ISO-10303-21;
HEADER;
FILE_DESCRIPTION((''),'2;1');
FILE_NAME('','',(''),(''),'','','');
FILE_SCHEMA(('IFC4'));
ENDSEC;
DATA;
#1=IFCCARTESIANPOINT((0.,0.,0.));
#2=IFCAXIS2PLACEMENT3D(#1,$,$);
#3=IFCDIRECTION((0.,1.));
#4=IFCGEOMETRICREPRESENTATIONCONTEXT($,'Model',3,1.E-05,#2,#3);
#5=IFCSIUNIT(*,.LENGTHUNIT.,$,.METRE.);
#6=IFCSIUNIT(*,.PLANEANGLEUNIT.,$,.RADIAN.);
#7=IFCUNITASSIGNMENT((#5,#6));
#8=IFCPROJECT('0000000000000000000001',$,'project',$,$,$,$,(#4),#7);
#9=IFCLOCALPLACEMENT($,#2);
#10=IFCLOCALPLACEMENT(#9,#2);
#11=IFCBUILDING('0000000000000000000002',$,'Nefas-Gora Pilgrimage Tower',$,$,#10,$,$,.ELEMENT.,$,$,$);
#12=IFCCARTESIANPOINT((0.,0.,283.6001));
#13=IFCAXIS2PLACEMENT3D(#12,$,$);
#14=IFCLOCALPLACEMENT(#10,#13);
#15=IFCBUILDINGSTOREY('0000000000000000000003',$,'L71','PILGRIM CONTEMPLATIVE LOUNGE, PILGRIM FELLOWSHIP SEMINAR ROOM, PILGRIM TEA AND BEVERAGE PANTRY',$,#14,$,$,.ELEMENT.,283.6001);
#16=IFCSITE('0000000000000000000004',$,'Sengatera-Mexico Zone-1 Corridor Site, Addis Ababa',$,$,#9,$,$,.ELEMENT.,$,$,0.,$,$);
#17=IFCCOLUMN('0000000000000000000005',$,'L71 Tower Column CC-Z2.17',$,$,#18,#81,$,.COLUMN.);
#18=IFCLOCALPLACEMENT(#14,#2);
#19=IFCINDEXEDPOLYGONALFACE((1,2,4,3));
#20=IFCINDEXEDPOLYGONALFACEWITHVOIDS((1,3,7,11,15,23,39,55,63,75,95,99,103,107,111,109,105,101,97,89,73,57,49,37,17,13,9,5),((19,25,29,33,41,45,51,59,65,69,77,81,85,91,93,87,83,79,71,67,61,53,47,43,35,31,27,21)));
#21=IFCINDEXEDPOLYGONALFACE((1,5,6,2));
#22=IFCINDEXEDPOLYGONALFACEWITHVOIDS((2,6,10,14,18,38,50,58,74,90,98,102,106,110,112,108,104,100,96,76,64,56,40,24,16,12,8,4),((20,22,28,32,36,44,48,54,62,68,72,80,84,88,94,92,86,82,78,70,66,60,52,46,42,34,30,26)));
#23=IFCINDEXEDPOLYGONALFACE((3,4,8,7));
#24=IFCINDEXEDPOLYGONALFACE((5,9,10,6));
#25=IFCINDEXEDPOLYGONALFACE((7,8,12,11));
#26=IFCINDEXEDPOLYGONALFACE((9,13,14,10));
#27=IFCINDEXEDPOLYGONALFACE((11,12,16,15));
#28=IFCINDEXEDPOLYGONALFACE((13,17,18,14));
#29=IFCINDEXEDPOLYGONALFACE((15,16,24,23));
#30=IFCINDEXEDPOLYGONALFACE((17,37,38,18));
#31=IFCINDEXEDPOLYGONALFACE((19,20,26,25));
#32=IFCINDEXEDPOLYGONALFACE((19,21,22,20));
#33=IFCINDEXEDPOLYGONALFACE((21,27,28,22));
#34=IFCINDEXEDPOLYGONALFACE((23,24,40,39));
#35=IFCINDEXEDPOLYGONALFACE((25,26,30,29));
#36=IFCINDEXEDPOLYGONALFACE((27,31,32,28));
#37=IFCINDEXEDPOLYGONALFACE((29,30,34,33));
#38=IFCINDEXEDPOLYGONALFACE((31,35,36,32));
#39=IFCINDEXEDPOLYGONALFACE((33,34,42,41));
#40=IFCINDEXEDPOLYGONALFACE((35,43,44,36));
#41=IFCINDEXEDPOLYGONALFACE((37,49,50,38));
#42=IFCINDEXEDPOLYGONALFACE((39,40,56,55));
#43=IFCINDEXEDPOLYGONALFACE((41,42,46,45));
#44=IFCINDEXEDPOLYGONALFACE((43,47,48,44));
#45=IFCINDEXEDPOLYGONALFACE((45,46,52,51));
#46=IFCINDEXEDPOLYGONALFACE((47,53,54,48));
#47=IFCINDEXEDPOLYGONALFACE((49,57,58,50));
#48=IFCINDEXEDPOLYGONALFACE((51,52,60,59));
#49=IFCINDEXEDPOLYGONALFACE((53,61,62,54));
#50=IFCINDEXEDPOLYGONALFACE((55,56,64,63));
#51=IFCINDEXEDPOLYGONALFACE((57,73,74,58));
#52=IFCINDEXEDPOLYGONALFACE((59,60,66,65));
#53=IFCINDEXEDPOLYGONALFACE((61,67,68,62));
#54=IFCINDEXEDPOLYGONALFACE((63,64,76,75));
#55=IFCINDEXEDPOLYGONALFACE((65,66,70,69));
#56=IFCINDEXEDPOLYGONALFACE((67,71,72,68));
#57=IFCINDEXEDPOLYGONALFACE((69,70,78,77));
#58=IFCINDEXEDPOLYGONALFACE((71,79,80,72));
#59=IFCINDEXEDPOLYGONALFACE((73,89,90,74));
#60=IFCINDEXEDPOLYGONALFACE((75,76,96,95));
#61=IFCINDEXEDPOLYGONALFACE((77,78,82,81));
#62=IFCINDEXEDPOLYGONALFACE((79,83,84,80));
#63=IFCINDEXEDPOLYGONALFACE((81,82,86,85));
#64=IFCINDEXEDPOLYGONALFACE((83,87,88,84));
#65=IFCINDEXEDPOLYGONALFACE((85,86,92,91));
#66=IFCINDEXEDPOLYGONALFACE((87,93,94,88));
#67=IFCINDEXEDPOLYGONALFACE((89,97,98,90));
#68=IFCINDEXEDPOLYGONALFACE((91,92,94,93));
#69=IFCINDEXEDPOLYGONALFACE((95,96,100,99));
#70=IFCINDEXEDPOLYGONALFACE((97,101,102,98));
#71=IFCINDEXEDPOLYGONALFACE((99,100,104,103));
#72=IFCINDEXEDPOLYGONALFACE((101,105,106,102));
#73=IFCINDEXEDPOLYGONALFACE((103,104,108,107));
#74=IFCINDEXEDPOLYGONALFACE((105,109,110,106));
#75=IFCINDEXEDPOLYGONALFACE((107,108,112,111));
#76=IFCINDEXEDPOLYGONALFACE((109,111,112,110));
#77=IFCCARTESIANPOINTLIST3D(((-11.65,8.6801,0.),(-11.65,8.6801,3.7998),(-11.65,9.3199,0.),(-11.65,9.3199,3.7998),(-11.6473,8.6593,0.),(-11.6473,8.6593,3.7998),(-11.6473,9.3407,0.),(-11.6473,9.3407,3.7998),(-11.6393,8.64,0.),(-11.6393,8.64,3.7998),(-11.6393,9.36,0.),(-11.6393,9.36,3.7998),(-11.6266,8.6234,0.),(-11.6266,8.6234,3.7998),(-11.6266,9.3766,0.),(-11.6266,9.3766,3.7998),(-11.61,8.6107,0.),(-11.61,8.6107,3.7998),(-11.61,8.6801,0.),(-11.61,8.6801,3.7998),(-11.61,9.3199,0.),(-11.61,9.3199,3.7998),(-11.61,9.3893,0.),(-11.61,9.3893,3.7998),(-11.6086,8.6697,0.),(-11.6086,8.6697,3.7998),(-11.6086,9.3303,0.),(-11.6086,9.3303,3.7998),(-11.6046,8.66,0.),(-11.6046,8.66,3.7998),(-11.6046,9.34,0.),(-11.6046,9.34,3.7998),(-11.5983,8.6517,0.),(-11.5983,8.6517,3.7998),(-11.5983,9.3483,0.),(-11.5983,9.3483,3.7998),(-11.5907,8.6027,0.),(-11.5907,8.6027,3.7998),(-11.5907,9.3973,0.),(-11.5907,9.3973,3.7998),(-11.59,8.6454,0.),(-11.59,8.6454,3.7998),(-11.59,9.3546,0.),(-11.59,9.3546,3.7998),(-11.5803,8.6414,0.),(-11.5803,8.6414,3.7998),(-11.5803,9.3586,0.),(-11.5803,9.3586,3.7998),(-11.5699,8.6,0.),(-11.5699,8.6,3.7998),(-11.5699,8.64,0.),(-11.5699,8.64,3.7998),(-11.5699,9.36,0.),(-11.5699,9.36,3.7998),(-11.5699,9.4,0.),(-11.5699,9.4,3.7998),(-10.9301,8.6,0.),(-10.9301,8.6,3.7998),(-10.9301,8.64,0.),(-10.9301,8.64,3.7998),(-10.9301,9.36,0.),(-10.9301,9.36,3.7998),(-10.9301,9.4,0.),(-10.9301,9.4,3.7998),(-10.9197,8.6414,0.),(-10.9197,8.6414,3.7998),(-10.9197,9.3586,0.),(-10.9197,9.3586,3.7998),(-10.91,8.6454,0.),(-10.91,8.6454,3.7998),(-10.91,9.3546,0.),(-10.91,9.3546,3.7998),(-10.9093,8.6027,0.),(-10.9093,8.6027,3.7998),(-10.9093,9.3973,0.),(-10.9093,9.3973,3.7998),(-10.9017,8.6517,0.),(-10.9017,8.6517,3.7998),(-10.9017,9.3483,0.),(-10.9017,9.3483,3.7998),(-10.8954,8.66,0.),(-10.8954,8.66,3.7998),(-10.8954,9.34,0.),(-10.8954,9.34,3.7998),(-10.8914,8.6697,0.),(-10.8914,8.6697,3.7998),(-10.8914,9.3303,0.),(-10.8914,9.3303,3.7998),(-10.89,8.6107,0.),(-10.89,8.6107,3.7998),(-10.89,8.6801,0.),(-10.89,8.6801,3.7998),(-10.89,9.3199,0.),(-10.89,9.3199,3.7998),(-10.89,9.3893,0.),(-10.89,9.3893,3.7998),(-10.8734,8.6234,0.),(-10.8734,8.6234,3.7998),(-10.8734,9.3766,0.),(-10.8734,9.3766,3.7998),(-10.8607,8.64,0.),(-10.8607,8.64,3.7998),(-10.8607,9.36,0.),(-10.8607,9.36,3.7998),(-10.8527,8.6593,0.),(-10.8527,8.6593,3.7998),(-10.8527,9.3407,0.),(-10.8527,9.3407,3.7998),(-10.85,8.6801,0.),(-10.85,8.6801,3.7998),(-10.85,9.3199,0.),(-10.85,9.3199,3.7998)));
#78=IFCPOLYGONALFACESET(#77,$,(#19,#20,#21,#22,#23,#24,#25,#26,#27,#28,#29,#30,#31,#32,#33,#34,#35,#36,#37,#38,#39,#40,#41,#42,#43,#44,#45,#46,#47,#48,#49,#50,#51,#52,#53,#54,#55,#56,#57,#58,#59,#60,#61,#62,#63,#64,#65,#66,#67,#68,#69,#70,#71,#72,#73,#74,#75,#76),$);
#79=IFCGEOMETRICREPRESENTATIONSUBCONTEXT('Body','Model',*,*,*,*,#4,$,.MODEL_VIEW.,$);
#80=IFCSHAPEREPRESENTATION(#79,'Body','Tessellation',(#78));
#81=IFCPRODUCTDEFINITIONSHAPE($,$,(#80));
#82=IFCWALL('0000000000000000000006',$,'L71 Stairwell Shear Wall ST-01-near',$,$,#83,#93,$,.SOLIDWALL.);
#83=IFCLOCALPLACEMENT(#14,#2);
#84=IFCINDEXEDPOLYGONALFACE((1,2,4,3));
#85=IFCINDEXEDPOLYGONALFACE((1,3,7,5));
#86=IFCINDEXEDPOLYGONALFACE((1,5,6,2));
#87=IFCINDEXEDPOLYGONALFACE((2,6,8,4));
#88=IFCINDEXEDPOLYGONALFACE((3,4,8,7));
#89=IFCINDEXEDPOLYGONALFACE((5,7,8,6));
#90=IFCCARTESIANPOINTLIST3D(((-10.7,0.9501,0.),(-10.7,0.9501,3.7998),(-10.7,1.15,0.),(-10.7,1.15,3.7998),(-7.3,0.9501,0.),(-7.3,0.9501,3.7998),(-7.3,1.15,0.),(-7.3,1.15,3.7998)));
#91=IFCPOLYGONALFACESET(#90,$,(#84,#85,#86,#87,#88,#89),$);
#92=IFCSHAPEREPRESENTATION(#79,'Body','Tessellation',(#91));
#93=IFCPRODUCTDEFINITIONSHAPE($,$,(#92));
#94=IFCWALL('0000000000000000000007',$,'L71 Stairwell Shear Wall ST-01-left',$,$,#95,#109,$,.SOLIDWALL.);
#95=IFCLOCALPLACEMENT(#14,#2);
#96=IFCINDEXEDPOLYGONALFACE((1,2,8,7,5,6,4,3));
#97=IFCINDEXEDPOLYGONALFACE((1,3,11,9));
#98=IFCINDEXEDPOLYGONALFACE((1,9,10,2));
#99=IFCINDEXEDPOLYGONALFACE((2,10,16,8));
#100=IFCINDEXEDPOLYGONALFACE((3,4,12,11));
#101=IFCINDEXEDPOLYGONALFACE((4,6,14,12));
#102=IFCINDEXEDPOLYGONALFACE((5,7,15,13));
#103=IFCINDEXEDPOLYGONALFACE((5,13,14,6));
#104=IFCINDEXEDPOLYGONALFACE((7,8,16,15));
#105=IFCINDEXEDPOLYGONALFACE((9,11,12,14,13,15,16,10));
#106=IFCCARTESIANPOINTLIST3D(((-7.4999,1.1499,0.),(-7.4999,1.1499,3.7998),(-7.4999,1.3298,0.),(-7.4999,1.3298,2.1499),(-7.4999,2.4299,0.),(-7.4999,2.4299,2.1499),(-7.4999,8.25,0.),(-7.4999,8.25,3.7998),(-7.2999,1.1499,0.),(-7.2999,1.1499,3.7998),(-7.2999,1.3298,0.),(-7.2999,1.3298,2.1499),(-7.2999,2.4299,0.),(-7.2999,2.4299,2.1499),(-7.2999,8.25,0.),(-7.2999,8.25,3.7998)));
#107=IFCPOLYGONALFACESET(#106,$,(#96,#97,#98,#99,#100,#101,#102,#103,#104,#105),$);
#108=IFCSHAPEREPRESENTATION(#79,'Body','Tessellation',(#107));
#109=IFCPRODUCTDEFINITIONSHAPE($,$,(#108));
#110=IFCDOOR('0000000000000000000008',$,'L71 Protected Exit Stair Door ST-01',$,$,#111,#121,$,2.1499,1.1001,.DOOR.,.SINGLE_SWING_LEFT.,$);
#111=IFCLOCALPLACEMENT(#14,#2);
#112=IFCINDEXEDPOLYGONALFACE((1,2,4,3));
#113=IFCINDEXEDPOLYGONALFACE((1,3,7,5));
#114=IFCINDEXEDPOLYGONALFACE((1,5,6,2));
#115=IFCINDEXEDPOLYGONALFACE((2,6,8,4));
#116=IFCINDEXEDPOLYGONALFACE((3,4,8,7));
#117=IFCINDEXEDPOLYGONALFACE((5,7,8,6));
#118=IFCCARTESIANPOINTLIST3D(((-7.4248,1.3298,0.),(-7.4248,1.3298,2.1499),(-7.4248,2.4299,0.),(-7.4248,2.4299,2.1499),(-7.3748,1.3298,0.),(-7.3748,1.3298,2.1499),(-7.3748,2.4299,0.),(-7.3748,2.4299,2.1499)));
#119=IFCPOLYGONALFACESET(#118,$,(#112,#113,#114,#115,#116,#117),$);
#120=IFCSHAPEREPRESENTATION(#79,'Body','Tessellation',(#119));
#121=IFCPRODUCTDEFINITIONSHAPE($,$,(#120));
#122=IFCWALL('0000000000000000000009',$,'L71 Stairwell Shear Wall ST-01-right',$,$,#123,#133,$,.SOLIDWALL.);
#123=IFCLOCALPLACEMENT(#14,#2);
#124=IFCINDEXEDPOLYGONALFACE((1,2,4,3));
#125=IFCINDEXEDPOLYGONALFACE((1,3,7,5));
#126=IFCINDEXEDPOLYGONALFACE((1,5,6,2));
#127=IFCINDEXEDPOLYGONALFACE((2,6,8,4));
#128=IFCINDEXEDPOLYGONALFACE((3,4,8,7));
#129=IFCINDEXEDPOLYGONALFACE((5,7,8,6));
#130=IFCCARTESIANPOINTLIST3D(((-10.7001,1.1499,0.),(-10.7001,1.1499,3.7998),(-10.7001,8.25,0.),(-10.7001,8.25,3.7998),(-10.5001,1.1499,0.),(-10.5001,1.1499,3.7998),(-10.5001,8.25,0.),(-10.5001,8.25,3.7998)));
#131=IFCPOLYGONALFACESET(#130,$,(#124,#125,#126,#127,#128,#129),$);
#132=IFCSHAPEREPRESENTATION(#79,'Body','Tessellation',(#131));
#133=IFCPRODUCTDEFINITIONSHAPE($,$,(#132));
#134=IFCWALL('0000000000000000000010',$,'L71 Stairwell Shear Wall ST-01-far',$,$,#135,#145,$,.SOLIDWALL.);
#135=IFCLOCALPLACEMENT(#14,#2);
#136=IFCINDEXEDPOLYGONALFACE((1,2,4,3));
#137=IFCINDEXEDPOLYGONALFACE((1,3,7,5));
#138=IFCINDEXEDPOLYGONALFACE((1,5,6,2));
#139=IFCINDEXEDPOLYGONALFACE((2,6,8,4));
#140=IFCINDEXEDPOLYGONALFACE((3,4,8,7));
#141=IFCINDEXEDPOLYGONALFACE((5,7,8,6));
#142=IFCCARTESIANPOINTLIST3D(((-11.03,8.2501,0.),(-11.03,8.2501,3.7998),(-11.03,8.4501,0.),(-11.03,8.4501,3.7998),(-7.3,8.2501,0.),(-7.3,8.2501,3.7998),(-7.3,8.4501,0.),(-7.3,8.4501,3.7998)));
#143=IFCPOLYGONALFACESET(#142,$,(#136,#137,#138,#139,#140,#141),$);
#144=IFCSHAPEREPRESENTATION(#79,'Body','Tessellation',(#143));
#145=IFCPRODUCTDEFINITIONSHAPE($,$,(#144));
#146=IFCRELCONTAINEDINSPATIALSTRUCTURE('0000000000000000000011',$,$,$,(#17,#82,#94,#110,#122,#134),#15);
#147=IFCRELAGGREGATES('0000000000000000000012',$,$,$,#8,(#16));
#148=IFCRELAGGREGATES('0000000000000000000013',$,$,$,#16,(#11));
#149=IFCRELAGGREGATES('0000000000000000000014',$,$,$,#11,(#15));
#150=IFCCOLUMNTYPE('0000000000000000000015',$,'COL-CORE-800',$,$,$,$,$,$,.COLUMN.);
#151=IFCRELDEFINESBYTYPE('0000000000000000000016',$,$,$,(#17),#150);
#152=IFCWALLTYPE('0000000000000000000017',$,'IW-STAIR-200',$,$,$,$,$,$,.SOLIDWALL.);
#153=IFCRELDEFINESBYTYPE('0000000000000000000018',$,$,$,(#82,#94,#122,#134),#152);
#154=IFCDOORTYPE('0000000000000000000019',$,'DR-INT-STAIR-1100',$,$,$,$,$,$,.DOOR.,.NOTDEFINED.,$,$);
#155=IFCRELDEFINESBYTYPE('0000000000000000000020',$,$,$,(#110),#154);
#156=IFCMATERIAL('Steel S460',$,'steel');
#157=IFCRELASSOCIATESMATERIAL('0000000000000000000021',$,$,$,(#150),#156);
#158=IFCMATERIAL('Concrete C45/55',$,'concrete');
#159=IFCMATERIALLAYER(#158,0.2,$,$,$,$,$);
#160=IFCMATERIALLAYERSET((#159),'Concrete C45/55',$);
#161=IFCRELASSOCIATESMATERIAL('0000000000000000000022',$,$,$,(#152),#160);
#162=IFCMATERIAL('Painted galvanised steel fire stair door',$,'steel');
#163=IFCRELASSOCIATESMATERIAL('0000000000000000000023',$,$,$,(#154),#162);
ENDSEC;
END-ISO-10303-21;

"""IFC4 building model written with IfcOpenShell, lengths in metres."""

from ifc_helpers import new_model, si_unit, direction, frame, frame_2d, origin, origin_2d, place, context, subcontext, project, spatial, rectangle, hollow_rectangle, extrude, source, transform, mapped, material, layer, layer_set, material_profile, profile_set, type_object, element, fill, save


model = new_model("IFC4")

# Units and contexts
model_context = context("Model", 3, precision=1e-05, world=origin(), true_north=direction((0.0, 1.0)))
body_context = subcontext(model_context, "Body", "Model", "MODEL_VIEW")
ifc_project = project(units=[si_unit("LENGTHUNIT", "METRE"), si_unit("PLANEANGLEUNIT", "RADIAN")], contexts=[model_context])

# Site, building, storey
site_placement = place(None, origin())
site = spatial("IfcSite", under=ifc_project, at=site_placement, Name="Sengatera-Mexico Zone-1 Corridor Site, Addis Ababa", CompositionType="ELEMENT", RefElevation=0.0)
building_placement = place(site_placement, origin())
building = spatial("IfcBuilding", under=site, at=building_placement, Name="Nefas-Gora Pilgrimage Tower", CompositionType="ELEMENT")
storey_placement = place(building_placement, frame((0.0, 0.0, 283.6001)))
storey = spatial("IfcBuildingStorey", under=building, at=storey_placement, Name="L71", Description="PILGRIM CONTEMPLATIVE LOUNGE, PILGRIM FELLOWSHIP SEMINAR ROOM, PILGRIM TEA AND BEVERAGE PANTRY", CompositionType="ELEMENT", Elevation=283.6001)

# Column
ifc_material_1 = material(Name="Steel S460", Category="steel")
ifc_material_profile = material_profile(ifc_material_1, hollow_rectangle(XDim=0.8, YDim=0.8, WallThickness=0.04, InnerFilletRadius=0.04, OuterFilletRadius=0.0801, at=origin_2d()), Name="BOX 800x800x40")
ifc_profile_set = profile_set([ifc_material_profile], Name="Steel S460")
column_type = type_object("IfcColumnType", Name="COL-CORE-800", PredefinedType="COLUMN", material=ifc_profile_set)
shared_shape_1 = source(origin(), body_context, "Body", "SweptSolid", [
    extrude(hollow_rectangle(XDim=0.8, YDim=0.8, WallThickness=0.04, InnerFilletRadius=0.04, OuterFilletRadius=0.0801, at=origin_2d()), origin(), (0.0, 0.0, 1.0), 3.7998),
])
column_placement = place(storey_placement, frame((-11.25, 9.0, 0.0), z_axis=(0.0, 0.0, 1.0), x_axis=(1.0, 0.0, 0.0)))
element("IfcColumn", 1, at=column_placement, inside=storey, type_object=column_type, Name="L71 Tower Column CC-Z2.17", PredefinedType="COLUMN", context=body_context, shape_type="MappedRepresentation", body=[
    mapped(shared_shape_1, transform((0.0, 0.0, 0.0), x_axis=(1.0, 0.0, 0.0), y_axis=(0.0, 1.0, 0.0), z_axis=(0.0, 0.0, 1.0), scale=1.0)),
])

# Wall
ifc_material_2 = material(Name="Concrete C45/55", Category="concrete")
ifc_layer_1 = layer(ifc_material_2, 0.2)
ifc_layer_set_1 = layer_set([ifc_layer_1], Name="Concrete C45/55")
wall_type_1 = type_object("IfcWallType", Name="IW-STAIR-200", PredefinedType="SOLIDWALL", material=ifc_layer_set_1)
shared_shape_2 = source(origin(), body_context, "Body", "SweptSolid", [
    extrude(rectangle(XDim=3.3999, YDim=0.2, at=frame_2d((1.7, 0.0))), origin(), (0.0, 0.0, 1.0), 3.7998),
])
wall_1_placement = place(storey_placement, frame((-7.3, 1.05, 0.0), z_axis=(0.0, 0.0, 1.0), x_axis=(-1.0, 0.0, 0.0)))
element("IfcWall", 2, at=wall_1_placement, inside=storey, type_object=wall_type_1, Name="L71 Stairwell Shear Wall ST-01-near", PredefinedType="SOLIDWALL", context=body_context, shape_type="MappedRepresentation", body=[
    mapped(shared_shape_2, transform((0.0, 0.0, 0.0), x_axis=(1.0, 0.0, 0.0), y_axis=(0.0, 1.0, 0.0), z_axis=(0.0, 0.0, 1.0), scale=1.0)),
])

# Wall, opening, door
shared_shape_3 = source(origin(), body_context, "Body", "SweptSolid", [
    extrude(rectangle(XDim=7.1001, YDim=0.2, at=frame_2d((3.55, 0.0))), origin(), (0.0, 0.0, 1.0), 3.7998),
])
wall_2_placement = place(storey_placement, frame((-7.3999, 1.1499, 0.0), z_axis=(0.0, 0.0, 1.0), x_axis=(0.0, 1.0, 0.0)))
wall_2 = element("IfcWall", 3, at=wall_2_placement, inside=storey, type_object=wall_type_1, Name="L71 Stairwell Shear Wall ST-01-left", PredefinedType="SOLIDWALL", context=body_context, shape_type="MappedRepresentation", body=[
    mapped(shared_shape_3, transform((0.0, 0.0, 0.0), x_axis=(1.0, 0.0, 0.0), y_axis=(0.0, 1.0, 0.0), z_axis=(0.0, 0.0, 1.0), scale=1.0)),
])
opening_1_placement = place(wall_2_placement, frame((0.1799, 0.0, 0.0)))
opening_1 = element("IfcOpeningElement", 4, at=opening_1_placement, cuts=wall_2, PredefinedType="OPENING", context=body_context, shape_type="SweptSolid", body=[
    extrude(rectangle(XDim=1.1001, YDim=2.1499, at=frame_2d((0.55, 1.075))), frame((0.0, 0.1099, 0.0), z_axis=(0.0, -1.0, 0.0), x_axis=(1.0, 0.0, 0.0)), (0.0, 0.0, 1.0), 0.22),
])
ifc_material_3 = material(Name="Painted galvanised steel fire stair door", Category="steel")
door_type_1 = type_object("IfcDoorType", Name="DR-INT-STAIR-1100", OperationType="NOTDEFINED", PredefinedType="DOOR", material=ifc_material_3)
shared_shape_4 = source(origin(), body_context, "Body", "SweptSolid", [
    extrude(rectangle(XDim=1.1001, YDim=2.1499, at=frame_2d((0.55, 1.075))), frame((0.0, 0.0249, 0.0), z_axis=(0.0, -1.0, 0.0), x_axis=(1.0, 0.0, 0.0)), (0.0, 0.0, 1.0), 0.05),
])
door_1_placement = place(opening_1_placement, origin())
door_1 = element("IfcDoor", 5, at=door_1_placement, inside=storey, type_object=door_type_1, Name="L71 Protected Exit Stair Door ST-01", OperationType="SINGLE_SWING_LEFT", OverallHeight=2.1499, OverallWidth=1.1001, PredefinedType="DOOR", context=body_context, shape_type="MappedRepresentation", body=[
    mapped(shared_shape_4, transform((0.0, 0.0, 0.0), x_axis=(1.0, 0.0, 0.0), y_axis=(0.0, 1.0, 0.0), z_axis=(0.0, 0.0, 1.0), scale=1.0)),
])
fill(opening_1, door_1)

# Walls
wall_3_placement = place(storey_placement, frame((-10.6001, 1.1499, 0.0), z_axis=(0.0, 0.0, 1.0), x_axis=(0.0, 1.0, 0.0)))
element("IfcWall", 6, at=wall_3_placement, inside=storey, type_object=wall_type_1, Name="L71 Stairwell Shear Wall ST-01-right", PredefinedType="SOLIDWALL", context=body_context, shape_type="MappedRepresentation", body=[
    mapped(shared_shape_3, transform((0.0, 0.0, 0.0), x_axis=(1.0, 0.0, 0.0), y_axis=(0.0, 1.0, 0.0), z_axis=(0.0, 0.0, 1.0), scale=1.0)),
])
shared_shape_5 = source(origin(), body_context, "Body", "SweptSolid", [
    extrude(rectangle(XDim=3.73, YDim=0.2, at=frame_2d((1.865, 0.0))), origin(), (0.0, 0.0, 1.0), 3.7998),
])
wall_4_placement = place(storey_placement, frame((-7.3, 8.3501, 0.0), z_axis=(0.0, 0.0, 1.0), x_axis=(-1.0, 0.0, 0.0)))
element("IfcWall", 7, at=wall_4_placement, inside=storey, type_object=wall_type_1, Name="L71 Stairwell Shear Wall ST-01-far", PredefinedType="SOLIDWALL", context=body_context, shape_type="MappedRepresentation", body=[
    mapped(shared_shape_5, transform((0.0, 0.0, 0.0), x_axis=(1.0, 0.0, 0.0), y_axis=(0.0, 1.0, 0.0), z_axis=(0.0, 0.0, 1.0), scale=1.0)),
])

save(model, "model.ifc")
